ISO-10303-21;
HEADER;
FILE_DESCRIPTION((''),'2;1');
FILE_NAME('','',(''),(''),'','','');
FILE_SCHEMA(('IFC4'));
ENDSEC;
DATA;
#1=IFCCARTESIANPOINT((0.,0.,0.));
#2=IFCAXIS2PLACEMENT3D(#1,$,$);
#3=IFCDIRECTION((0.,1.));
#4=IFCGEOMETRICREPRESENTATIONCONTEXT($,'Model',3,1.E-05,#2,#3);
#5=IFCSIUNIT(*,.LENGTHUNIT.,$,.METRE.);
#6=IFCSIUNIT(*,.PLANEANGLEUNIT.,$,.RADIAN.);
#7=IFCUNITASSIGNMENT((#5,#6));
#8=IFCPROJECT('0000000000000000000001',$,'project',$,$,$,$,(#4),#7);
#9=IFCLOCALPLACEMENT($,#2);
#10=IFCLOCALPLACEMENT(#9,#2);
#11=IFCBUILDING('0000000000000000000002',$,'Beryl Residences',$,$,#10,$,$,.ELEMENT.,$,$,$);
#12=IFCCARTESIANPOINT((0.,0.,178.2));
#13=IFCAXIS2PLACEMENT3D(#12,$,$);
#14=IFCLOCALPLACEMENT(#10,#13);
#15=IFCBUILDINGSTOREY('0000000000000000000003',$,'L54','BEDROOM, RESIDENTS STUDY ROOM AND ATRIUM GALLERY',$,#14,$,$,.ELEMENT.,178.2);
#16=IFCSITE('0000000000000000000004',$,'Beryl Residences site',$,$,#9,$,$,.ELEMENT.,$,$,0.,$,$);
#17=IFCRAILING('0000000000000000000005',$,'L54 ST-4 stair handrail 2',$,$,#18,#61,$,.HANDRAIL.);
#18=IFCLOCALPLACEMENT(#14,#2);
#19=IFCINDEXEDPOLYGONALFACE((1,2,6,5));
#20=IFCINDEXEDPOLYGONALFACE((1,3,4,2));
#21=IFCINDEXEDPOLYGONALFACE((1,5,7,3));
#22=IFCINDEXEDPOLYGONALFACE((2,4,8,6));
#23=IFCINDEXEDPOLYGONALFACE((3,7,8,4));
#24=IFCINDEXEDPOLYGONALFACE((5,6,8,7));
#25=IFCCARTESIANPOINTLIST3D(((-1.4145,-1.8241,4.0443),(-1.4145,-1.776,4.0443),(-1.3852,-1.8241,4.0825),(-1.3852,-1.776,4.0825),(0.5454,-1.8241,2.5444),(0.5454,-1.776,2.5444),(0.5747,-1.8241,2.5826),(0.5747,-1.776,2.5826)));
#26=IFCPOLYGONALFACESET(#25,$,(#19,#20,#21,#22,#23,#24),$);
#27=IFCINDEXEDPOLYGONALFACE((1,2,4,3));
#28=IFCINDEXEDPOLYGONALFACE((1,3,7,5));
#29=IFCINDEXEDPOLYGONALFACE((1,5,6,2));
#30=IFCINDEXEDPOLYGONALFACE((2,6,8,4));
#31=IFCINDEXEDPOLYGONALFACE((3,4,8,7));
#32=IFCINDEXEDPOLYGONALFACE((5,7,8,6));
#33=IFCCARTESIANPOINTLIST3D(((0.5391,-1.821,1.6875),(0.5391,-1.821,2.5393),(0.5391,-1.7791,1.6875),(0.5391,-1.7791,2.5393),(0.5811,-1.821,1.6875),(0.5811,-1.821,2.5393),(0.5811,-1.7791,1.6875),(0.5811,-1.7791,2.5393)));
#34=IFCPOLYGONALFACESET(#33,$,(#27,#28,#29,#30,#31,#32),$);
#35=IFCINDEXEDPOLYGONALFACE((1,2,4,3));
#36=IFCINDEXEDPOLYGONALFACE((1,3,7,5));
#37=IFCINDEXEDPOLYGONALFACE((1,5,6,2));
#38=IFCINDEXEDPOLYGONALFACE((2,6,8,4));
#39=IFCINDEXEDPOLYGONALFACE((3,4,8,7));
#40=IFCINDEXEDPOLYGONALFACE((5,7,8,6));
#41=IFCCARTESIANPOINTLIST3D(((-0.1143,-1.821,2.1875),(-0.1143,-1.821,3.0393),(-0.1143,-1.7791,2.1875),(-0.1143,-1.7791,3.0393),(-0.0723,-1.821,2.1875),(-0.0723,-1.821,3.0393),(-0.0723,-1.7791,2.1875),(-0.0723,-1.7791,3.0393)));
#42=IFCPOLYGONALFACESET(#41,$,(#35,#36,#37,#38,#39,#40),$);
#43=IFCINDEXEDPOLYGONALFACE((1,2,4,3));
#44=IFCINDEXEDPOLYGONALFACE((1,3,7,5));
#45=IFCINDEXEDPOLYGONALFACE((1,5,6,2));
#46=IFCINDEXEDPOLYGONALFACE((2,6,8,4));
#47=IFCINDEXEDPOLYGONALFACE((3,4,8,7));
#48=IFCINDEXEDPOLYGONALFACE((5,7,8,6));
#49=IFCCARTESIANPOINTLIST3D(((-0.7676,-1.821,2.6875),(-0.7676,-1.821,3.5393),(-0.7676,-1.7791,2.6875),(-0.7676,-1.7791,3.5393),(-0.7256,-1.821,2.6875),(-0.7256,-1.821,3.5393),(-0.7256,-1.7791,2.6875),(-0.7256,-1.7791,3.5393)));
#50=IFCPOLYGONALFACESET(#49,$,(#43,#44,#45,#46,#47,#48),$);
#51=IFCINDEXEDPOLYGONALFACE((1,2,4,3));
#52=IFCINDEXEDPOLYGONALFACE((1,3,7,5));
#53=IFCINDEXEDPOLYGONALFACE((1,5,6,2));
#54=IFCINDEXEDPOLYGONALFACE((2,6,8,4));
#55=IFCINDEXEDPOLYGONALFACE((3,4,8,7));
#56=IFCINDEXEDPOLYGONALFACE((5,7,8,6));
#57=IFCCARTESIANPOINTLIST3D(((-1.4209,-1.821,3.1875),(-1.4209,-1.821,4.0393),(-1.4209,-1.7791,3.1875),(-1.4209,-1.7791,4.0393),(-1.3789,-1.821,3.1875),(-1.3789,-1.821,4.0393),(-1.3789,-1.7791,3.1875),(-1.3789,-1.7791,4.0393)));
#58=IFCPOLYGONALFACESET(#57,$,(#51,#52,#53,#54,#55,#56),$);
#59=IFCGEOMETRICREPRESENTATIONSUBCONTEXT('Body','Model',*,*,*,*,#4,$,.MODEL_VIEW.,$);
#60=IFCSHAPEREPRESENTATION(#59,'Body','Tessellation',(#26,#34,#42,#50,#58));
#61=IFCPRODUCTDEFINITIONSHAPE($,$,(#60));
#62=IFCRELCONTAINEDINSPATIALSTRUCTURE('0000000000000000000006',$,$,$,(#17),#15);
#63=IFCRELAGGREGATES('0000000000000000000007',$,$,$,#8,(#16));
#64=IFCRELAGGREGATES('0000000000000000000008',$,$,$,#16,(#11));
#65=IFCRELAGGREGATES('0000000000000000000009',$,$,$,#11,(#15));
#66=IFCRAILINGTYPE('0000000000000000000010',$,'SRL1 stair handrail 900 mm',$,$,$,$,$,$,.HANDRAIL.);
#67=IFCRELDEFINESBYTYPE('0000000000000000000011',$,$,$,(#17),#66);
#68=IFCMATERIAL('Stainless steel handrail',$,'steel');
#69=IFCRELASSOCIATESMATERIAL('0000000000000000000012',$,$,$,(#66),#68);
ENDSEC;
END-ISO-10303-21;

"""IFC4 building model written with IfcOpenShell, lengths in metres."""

from ifc_helpers import new_model, si_unit, direction, frame, origin, origin_2d, place, context, subcontext, project, spatial, rectangle, extrude, material, type_object, element, save


model = new_model("IFC4")

# Units and contexts
model_context = context("Model", 3, precision=1e-05, world=origin(), true_north=direction((0.0, 1.0)))
body_context = subcontext(model_context, "Body", "Model", "MODEL_VIEW")
ifc_project = project(units=[si_unit("LENGTHUNIT", "METRE"), si_unit("PLANEANGLEUNIT", "RADIAN")], contexts=[model_context])

# Site, building, storey
site_placement = place(None, origin())
site = spatial("IfcSite", under=ifc_project, at=site_placement, Name="Beryl Residences site", CompositionType="ELEMENT", RefElevation=0.0)
building_placement = place(site_placement, origin())
building = spatial("IfcBuilding", under=site, at=building_placement, Name="Beryl Residences", CompositionType="ELEMENT")
storey_placement = place(building_placement, frame((0.0, 0.0, 178.2)))
storey = spatial("IfcBuildingStorey", under=building, at=storey_placement, Name="L54", Description="BEDROOM, RESIDENTS STUDY ROOM AND ATRIUM GALLERY", CompositionType="ELEMENT", Elevation=178.2)

# Railing
ifc_material_1 = material(Name="Stainless steel handrail", Category="steel")
railing_type_1 = type_object("IfcRailingType", Name="SRL1 stair handrail 900 mm", PredefinedType="HANDRAIL", material=ifc_material_1)
for number, where, name in (
    (1, (0.5601, -1.8, 1.6875), "L54 ST-4 stair handrail 2"),
):
    element("IfcRailing", number, at=place(storey_placement, frame(where)), inside=storey, type_object=railing_type_1, Name=name, PredefinedType="HANDRAIL", context=body_context, shape_type="SweptSolid", body=[
        extrude(rectangle(XDim=0.0481, YDim=0.0481, at=origin_2d()), frame((0.0, 0.0, 0.876), z_axis=(-0.794122, 0.0, 0.607758), x_axis=(0.0, -1.0, 0.0)), (0.0, 0.0, 1.0), 2.468),
        extrude(rectangle(XDim=0.042, YDim=0.042, at=origin_2d()), origin(), (0.0, 0.0, 1.0), 0.8518),
        extrude(rectangle(XDim=0.042, YDim=0.042, at=origin_2d()), frame((-0.6533, 0.0, 0.5)), (0.0, 0.0, 1.0), 0.8518),
        extrude(rectangle(XDim=0.042, YDim=0.042, at=origin_2d()), frame((-1.3066, 0.0, 1.0)), (0.0, 0.0, 1.0), 0.8518),
        extrude(rectangle(XDim=0.042, YDim=0.042, at=origin_2d()), frame((-1.96, 0.0, 1.5)), (0.0, 0.0, 1.0), 0.8518),
    ])

save(model, "model.ifc")
